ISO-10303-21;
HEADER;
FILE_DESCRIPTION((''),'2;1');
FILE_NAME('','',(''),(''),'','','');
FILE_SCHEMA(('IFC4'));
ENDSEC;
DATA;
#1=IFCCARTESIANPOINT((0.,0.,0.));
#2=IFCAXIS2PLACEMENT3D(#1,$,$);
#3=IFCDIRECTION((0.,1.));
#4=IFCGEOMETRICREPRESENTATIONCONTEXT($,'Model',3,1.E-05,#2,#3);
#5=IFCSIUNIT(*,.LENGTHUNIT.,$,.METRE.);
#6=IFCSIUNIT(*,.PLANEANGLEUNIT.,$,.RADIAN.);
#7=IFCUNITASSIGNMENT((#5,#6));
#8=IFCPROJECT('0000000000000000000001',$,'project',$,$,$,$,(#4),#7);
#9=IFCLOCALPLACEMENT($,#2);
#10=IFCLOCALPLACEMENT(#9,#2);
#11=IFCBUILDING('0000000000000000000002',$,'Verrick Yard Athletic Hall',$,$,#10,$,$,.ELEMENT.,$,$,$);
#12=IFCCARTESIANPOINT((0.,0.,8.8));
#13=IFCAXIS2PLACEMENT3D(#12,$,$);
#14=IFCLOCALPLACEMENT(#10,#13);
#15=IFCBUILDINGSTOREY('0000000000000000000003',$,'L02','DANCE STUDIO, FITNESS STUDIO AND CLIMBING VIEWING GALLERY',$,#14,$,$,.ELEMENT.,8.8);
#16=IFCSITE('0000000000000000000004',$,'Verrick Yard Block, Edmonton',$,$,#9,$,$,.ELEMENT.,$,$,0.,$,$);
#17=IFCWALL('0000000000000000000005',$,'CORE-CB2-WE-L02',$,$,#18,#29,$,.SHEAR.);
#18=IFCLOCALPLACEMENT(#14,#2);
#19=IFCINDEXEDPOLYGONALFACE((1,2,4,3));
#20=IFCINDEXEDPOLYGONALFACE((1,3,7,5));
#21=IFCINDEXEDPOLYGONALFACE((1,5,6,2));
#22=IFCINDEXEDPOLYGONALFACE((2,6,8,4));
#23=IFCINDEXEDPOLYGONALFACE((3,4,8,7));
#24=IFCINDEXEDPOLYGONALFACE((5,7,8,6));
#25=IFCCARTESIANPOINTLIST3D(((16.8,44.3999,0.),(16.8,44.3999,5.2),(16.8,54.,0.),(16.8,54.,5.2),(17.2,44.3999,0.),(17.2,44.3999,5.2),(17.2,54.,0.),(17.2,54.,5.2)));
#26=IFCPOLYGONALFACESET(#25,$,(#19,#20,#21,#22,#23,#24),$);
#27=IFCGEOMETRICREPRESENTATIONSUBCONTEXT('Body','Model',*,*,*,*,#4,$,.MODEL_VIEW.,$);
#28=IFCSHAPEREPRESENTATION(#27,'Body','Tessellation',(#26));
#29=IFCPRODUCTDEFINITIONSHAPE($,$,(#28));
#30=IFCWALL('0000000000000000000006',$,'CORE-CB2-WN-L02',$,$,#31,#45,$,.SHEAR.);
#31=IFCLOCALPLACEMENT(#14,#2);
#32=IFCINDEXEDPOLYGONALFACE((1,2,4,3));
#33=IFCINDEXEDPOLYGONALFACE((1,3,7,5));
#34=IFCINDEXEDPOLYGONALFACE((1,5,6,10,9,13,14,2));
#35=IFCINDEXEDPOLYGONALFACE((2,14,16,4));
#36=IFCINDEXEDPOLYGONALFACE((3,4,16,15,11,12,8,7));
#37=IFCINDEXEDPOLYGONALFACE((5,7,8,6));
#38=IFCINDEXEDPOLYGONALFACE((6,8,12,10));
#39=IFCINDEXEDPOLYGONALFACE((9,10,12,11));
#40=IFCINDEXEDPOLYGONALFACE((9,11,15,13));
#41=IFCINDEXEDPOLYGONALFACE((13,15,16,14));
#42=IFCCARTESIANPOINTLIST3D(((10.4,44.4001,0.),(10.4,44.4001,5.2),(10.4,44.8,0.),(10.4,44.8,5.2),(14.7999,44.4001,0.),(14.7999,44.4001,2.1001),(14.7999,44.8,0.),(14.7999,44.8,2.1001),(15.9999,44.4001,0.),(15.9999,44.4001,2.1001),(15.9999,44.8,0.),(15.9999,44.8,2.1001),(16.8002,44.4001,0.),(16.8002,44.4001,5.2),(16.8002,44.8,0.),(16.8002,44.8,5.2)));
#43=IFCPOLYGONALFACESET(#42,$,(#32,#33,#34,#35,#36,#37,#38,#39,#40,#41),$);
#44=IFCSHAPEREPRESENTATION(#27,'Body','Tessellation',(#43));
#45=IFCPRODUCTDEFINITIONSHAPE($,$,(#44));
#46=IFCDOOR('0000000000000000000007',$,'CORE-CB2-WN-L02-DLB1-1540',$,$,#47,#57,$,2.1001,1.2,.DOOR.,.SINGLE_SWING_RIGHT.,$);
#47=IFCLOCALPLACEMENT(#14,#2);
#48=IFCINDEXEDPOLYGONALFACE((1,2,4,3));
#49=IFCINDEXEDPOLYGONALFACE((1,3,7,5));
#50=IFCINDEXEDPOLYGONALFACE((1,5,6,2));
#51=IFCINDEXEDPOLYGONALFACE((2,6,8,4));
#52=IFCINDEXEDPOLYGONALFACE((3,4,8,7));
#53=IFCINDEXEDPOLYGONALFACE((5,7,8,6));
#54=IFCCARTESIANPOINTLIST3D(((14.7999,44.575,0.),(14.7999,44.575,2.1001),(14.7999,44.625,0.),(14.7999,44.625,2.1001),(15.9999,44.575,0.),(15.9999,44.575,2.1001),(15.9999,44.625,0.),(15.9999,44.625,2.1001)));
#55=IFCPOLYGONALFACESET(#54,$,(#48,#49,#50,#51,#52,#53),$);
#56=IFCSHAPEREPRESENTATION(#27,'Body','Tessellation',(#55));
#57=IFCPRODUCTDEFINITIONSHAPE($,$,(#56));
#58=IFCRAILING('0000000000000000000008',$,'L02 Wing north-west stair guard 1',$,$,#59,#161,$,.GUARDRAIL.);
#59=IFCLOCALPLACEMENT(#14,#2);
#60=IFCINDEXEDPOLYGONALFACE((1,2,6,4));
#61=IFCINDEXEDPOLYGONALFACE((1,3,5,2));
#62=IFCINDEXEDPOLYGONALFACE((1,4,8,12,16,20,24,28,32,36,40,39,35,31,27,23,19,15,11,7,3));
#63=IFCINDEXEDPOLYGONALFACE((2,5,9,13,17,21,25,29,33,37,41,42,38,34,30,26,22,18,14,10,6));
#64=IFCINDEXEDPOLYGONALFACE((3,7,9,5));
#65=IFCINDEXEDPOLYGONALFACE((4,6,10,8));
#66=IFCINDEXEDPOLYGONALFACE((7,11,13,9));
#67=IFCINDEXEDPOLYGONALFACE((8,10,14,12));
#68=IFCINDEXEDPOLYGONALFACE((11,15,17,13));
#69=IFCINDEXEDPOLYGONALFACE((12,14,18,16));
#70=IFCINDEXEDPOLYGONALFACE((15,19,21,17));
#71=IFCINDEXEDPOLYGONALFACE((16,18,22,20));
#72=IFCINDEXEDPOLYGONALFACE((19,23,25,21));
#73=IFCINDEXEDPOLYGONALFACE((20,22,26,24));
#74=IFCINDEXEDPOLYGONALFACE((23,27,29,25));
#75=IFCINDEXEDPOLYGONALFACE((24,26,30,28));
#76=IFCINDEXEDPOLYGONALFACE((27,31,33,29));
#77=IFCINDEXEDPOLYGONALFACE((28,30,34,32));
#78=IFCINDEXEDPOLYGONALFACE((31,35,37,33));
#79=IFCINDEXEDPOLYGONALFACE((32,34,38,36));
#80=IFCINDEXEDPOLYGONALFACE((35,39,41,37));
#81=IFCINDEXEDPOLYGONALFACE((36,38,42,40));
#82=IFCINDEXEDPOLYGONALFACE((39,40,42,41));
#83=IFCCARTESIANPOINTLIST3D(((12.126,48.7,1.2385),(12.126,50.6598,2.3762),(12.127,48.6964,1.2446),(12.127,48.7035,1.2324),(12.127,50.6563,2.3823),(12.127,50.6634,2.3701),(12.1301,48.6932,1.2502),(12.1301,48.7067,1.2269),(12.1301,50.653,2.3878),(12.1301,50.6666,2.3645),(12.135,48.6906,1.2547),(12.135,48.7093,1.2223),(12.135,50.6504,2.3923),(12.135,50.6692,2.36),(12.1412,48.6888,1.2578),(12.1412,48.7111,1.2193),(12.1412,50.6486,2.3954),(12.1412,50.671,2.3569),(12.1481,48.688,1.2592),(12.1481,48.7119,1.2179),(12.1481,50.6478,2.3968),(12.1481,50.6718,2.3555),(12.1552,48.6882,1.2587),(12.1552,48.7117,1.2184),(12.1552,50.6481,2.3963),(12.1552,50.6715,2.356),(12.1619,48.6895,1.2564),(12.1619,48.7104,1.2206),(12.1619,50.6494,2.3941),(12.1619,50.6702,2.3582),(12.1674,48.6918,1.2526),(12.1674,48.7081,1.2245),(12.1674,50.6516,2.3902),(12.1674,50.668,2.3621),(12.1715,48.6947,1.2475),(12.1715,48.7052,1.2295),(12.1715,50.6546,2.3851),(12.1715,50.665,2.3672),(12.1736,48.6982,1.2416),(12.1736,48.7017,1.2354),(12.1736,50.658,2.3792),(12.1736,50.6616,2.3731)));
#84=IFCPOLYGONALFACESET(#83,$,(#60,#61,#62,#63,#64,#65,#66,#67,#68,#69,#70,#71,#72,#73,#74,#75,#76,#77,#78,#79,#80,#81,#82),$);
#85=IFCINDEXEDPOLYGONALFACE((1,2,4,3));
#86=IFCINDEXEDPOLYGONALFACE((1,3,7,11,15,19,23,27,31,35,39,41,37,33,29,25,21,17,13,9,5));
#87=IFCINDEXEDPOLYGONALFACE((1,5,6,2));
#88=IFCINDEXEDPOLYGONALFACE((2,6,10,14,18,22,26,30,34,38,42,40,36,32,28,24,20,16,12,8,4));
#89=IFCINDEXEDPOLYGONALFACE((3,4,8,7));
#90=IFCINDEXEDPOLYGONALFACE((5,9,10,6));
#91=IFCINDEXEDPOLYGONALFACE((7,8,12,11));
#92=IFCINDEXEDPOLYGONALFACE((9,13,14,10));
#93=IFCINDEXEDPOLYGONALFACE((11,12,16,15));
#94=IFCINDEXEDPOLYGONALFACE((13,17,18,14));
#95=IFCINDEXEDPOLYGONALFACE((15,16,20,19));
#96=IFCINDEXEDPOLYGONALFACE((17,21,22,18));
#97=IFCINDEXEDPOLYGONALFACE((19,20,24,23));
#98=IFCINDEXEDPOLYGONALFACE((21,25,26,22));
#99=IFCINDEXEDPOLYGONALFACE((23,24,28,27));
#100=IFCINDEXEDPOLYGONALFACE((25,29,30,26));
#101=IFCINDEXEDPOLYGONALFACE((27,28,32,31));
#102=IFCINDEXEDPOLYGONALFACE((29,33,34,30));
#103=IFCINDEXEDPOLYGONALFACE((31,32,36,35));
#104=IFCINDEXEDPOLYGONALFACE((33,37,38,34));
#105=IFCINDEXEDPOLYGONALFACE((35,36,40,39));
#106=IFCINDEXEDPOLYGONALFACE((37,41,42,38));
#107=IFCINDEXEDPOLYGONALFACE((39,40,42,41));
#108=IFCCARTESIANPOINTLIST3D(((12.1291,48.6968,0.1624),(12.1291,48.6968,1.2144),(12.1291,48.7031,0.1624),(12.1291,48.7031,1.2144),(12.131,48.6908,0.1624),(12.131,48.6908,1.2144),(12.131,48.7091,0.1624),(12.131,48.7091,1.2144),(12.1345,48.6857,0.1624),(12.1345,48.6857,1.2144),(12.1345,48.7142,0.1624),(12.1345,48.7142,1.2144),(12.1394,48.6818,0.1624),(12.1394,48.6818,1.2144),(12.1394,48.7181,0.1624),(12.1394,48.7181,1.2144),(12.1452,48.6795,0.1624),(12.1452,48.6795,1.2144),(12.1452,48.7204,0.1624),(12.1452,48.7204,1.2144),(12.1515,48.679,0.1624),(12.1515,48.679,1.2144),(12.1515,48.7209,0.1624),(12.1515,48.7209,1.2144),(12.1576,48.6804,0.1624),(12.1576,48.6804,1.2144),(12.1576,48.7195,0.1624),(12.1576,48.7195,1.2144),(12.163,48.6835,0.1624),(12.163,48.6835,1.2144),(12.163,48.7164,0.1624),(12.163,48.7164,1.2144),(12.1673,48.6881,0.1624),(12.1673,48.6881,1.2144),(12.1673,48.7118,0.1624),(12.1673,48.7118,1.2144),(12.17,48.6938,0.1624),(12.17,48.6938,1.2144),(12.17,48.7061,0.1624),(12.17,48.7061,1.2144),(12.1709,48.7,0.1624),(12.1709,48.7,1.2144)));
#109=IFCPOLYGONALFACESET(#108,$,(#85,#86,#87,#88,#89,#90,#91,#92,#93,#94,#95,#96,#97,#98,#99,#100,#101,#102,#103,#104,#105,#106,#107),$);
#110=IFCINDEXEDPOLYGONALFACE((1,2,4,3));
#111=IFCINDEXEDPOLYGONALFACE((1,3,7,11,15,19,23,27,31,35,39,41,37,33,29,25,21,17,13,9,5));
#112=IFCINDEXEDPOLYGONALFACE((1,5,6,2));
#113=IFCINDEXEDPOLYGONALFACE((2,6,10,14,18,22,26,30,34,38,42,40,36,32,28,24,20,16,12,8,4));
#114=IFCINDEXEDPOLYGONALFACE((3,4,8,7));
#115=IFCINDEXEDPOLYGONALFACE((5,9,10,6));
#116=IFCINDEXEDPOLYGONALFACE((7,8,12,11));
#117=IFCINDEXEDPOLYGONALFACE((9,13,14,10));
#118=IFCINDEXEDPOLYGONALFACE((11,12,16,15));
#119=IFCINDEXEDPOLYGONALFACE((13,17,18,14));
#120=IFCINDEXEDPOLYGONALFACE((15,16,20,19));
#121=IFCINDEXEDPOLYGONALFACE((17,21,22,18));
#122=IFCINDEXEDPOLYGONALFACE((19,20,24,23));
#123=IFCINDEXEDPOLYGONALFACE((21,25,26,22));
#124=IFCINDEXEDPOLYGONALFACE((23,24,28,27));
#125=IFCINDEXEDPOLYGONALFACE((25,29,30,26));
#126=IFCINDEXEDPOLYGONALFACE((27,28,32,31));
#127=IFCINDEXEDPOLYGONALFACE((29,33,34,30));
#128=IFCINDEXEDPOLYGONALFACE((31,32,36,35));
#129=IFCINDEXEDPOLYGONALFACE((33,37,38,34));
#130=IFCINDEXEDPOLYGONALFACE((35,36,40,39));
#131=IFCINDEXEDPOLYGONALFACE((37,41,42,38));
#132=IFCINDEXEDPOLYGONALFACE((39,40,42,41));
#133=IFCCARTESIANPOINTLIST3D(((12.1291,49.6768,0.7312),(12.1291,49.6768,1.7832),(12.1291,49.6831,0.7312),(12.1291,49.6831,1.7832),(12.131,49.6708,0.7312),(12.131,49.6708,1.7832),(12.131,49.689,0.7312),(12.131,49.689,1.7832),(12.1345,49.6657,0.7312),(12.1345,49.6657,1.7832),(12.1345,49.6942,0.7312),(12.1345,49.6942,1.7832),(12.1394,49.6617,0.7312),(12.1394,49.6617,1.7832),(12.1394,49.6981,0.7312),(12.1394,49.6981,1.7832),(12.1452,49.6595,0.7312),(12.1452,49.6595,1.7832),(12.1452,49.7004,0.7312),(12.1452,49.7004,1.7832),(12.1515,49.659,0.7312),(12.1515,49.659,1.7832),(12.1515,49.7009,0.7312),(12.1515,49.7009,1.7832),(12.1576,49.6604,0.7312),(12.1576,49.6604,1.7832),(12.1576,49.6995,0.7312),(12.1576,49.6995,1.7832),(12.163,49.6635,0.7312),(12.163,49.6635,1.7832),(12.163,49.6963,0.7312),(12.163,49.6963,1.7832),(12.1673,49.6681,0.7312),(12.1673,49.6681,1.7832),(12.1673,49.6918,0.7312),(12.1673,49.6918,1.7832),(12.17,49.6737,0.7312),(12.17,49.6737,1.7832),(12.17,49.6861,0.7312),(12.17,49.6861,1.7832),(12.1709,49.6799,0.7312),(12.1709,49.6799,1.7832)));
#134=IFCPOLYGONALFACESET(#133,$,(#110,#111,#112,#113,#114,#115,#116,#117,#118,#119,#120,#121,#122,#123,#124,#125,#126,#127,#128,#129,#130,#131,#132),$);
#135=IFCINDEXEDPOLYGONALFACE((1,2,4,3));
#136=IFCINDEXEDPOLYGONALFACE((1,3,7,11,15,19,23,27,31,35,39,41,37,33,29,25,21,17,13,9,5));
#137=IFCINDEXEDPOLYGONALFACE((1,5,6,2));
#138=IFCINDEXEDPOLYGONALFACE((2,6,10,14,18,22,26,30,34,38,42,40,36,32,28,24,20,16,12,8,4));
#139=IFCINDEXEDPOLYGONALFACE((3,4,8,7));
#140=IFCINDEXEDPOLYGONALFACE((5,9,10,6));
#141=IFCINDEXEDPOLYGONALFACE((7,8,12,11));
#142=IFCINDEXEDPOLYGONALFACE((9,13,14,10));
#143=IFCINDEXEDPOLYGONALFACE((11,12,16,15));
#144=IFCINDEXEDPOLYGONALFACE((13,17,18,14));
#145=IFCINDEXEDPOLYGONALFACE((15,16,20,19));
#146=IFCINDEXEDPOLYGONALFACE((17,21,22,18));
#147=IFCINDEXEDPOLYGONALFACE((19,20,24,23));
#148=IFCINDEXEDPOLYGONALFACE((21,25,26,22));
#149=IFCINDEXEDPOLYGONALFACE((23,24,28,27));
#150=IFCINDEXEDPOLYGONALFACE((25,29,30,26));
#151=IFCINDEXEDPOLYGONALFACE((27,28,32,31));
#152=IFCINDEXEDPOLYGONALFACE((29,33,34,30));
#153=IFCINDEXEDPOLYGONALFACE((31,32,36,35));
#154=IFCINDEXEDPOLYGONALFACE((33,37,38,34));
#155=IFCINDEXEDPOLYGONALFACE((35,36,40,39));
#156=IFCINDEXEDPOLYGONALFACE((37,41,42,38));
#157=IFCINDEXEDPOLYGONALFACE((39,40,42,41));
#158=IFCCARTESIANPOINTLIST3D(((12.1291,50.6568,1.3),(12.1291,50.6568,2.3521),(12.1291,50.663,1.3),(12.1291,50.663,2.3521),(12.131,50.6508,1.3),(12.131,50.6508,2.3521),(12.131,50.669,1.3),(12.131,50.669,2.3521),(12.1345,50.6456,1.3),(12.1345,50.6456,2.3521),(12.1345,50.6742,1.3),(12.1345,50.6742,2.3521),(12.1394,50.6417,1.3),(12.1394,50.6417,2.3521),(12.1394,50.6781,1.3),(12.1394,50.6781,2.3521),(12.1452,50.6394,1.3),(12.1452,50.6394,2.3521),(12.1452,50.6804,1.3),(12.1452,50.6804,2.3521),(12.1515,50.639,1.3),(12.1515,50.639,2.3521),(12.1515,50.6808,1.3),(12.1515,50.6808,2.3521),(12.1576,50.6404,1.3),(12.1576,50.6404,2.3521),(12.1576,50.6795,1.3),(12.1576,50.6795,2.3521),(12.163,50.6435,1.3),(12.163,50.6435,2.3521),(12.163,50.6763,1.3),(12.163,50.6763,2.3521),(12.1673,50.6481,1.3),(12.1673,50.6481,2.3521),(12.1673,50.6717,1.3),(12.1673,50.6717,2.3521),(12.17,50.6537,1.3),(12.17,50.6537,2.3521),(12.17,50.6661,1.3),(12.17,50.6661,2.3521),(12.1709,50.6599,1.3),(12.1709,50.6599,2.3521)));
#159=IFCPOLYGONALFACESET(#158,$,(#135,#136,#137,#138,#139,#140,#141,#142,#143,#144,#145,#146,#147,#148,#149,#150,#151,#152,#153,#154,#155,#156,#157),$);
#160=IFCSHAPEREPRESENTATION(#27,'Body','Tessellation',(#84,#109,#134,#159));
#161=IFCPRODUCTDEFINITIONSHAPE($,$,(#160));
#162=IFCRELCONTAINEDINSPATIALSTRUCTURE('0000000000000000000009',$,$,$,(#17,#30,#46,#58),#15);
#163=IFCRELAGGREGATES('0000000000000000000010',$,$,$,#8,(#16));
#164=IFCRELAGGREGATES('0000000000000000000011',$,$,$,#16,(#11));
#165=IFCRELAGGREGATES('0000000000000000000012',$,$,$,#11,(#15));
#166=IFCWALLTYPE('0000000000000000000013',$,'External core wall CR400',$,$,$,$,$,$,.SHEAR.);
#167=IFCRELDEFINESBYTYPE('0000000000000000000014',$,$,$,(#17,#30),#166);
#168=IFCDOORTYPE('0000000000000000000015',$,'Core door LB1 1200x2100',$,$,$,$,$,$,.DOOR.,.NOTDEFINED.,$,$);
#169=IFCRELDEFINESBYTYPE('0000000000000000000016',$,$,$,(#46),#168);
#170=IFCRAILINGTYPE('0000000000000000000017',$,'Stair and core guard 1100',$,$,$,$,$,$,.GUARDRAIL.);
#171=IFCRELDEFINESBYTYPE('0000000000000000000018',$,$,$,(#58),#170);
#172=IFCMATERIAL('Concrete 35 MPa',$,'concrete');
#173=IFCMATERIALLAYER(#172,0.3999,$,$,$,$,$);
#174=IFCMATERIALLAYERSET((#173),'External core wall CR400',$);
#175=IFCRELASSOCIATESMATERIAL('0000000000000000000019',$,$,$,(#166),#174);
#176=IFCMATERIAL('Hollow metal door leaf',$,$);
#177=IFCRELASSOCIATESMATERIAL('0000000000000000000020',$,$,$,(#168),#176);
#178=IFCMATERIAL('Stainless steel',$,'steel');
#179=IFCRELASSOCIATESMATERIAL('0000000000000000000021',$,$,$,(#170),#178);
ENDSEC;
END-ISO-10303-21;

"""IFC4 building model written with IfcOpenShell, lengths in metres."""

from ifc_helpers import new_model, si_unit, direction, frame, frame_2d, origin, origin_2d, place, context, subcontext, project, spatial, rectangle, circle, extrude, material, layer, layer_set, type_object, element, fill, save


model = new_model("IFC4")

# Units and contexts
model_context = context("Model", 3, precision=1e-05, world=origin(), true_north=direction((0.0, 1.0)))
body_context = subcontext(model_context, "Body", "Model", "MODEL_VIEW")
ifc_project = project(units=[si_unit("LENGTHUNIT", "METRE"), si_unit("PLANEANGLEUNIT", "RADIAN")], contexts=[model_context])

# Site, building, storey
site_placement = place(None, origin())
site = spatial("IfcSite", under=ifc_project, at=site_placement, Name="Verrick Yard Block, Edmonton", CompositionType="ELEMENT", RefElevation=0.0)
building_placement = place(site_placement, origin())
building = spatial("IfcBuilding", under=site, at=building_placement, Name="Verrick Yard Athletic Hall", CompositionType="ELEMENT")
storey_placement = place(building_placement, frame((0.0, 0.0, 8.8)))
storey = spatial("IfcBuildingStorey", under=building, at=storey_placement, Name="L02", Description="DANCE STUDIO, FITNESS STUDIO AND CLIMBING VIEWING GALLERY", CompositionType="ELEMENT", Elevation=8.8)

# Shared definitions
ifc_material_1 = material(Name="Concrete 35 MPa", Category="concrete")
ifc_material_2 = material(Name="Hollow metal door leaf")

# Wall
ifc_layer_1 = layer(ifc_material_1, 0.3999)
ifc_layer_set_1 = layer_set([ifc_layer_1], Name="External core wall CR400")
wall_type_1 = type_object("IfcWallType", Name="External core wall CR400", PredefinedType="SHEAR", material=ifc_layer_set_1)
wall_1_placement = place(storey_placement, frame((17.0, 44.3999, 0.0), z_axis=(0.0, 0.0, 1.0), x_axis=(0.0, 1.0, 0.0)))
element("IfcWall", 1, at=wall_1_placement, inside=storey, type_object=wall_type_1, Name="CORE-CB2-WE-L02", PredefinedType="SHEAR", context=body_context, shape_type="SweptSolid", body=[
    extrude(rectangle(XDim=9.6001, YDim=0.3999, at=frame_2d((4.8, 0.0))), origin(), (0.0, 0.0, 1.0), 5.2),
])

# Wall, opening, door
wall_2_placement = place(storey_placement, frame((10.3999, 44.6001, 0.0), z_axis=(0.0, 0.0, 1.0), x_axis=(1.0, 0.0, 0.0)))
wall_2 = element("IfcWall", 2, at=wall_2_placement, inside=storey, type_object=wall_type_1, Name="CORE-CB2-WN-L02", PredefinedType="SHEAR", context=body_context, shape_type="SweptSolid", body=[
    extrude(rectangle(XDim=6.4001, YDim=0.3999, at=frame_2d((3.2002, 0.0))), origin(), (0.0, 0.0, 1.0), 5.2),
])
opening_1_placement = place(wall_2_placement, frame((4.3999, 0.0, 0.0)))
opening_1 = element("IfcOpeningElement", 3, at=opening_1_placement, cuts=wall_2, PredefinedType="OPENING", context=body_context, shape_type="SweptSolid", body=[
    extrude(rectangle(XDim=1.2, YDim=2.1001, at=frame_2d((0.6001, 1.05))), frame((0.0, 0.21, 0.0), z_axis=(0.0, -1.0, 0.0), x_axis=(1.0, 0.0, 0.0)), (0.0, 0.0, 1.0), 0.4199),
])
door_type_1 = type_object("IfcDoorType", Name="Core door LB1 1200x2100", OperationType="NOTDEFINED", PredefinedType="DOOR", material=ifc_material_2)
door_1_placement = place(opening_1_placement, origin())
door_1 = element("IfcDoor", 4, at=door_1_placement, inside=storey, type_object=door_type_1, Name="CORE-CB2-WN-L02-DLB1-1540", OperationType="SINGLE_SWING_RIGHT", OverallHeight=2.1001, OverallWidth=1.2, PredefinedType="DOOR", context=body_context, shape_type="SweptSolid", body=[
    extrude(rectangle(XDim=1.2, YDim=2.1001, at=frame_2d((0.6001, 1.05))), frame((0.0, 0.0249, 0.0), z_axis=(0.0, -1.0, 0.0), x_axis=(1.0, 0.0, 0.0)), (0.0, 0.0, 1.0), 0.05),
])
fill(opening_1, door_1)

# Railing
ifc_material_3 = material(Name="Stainless steel", Category="steel")
railing_type_1 = type_object("IfcRailingType", Name="Stair and core guard 1100", PredefinedType="GUARDRAIL", material=ifc_material_3)
railing_1_placement = place(storey_placement, frame((12.1499, 48.7, 0.1624)))
element("IfcRailing", 5, at=railing_1_placement, inside=storey, type_object=railing_type_1, Name="L02 Wing north-west stair guard 1", PredefinedType="GUARDRAIL", context=body_context, shape_type="SweptSolid", body=[
    extrude(circle(Radius=0.0239, at=origin_2d()), frame((0.0, 0.0, 1.0762), z_axis=(0.0, 0.864855, 0.502021), x_axis=(-1.0, 0.0, 0.0)), (0.0, 0.0, 1.0), 2.2661),
    extrude(circle(Radius=0.021, at=origin_2d()), origin(), (0.0, 0.0, 1.0), 1.052),
    extrude(circle(Radius=0.021, at=origin_2d()), frame((0.0, 0.98, 0.5688)), (0.0, 0.0, 1.0), 1.052),
    extrude(circle(Radius=0.021, at=origin_2d()), frame((0.0, 1.96, 1.1377)), (0.0, 0.0, 1.0), 1.052),
])

save(model, "model.ifc")
